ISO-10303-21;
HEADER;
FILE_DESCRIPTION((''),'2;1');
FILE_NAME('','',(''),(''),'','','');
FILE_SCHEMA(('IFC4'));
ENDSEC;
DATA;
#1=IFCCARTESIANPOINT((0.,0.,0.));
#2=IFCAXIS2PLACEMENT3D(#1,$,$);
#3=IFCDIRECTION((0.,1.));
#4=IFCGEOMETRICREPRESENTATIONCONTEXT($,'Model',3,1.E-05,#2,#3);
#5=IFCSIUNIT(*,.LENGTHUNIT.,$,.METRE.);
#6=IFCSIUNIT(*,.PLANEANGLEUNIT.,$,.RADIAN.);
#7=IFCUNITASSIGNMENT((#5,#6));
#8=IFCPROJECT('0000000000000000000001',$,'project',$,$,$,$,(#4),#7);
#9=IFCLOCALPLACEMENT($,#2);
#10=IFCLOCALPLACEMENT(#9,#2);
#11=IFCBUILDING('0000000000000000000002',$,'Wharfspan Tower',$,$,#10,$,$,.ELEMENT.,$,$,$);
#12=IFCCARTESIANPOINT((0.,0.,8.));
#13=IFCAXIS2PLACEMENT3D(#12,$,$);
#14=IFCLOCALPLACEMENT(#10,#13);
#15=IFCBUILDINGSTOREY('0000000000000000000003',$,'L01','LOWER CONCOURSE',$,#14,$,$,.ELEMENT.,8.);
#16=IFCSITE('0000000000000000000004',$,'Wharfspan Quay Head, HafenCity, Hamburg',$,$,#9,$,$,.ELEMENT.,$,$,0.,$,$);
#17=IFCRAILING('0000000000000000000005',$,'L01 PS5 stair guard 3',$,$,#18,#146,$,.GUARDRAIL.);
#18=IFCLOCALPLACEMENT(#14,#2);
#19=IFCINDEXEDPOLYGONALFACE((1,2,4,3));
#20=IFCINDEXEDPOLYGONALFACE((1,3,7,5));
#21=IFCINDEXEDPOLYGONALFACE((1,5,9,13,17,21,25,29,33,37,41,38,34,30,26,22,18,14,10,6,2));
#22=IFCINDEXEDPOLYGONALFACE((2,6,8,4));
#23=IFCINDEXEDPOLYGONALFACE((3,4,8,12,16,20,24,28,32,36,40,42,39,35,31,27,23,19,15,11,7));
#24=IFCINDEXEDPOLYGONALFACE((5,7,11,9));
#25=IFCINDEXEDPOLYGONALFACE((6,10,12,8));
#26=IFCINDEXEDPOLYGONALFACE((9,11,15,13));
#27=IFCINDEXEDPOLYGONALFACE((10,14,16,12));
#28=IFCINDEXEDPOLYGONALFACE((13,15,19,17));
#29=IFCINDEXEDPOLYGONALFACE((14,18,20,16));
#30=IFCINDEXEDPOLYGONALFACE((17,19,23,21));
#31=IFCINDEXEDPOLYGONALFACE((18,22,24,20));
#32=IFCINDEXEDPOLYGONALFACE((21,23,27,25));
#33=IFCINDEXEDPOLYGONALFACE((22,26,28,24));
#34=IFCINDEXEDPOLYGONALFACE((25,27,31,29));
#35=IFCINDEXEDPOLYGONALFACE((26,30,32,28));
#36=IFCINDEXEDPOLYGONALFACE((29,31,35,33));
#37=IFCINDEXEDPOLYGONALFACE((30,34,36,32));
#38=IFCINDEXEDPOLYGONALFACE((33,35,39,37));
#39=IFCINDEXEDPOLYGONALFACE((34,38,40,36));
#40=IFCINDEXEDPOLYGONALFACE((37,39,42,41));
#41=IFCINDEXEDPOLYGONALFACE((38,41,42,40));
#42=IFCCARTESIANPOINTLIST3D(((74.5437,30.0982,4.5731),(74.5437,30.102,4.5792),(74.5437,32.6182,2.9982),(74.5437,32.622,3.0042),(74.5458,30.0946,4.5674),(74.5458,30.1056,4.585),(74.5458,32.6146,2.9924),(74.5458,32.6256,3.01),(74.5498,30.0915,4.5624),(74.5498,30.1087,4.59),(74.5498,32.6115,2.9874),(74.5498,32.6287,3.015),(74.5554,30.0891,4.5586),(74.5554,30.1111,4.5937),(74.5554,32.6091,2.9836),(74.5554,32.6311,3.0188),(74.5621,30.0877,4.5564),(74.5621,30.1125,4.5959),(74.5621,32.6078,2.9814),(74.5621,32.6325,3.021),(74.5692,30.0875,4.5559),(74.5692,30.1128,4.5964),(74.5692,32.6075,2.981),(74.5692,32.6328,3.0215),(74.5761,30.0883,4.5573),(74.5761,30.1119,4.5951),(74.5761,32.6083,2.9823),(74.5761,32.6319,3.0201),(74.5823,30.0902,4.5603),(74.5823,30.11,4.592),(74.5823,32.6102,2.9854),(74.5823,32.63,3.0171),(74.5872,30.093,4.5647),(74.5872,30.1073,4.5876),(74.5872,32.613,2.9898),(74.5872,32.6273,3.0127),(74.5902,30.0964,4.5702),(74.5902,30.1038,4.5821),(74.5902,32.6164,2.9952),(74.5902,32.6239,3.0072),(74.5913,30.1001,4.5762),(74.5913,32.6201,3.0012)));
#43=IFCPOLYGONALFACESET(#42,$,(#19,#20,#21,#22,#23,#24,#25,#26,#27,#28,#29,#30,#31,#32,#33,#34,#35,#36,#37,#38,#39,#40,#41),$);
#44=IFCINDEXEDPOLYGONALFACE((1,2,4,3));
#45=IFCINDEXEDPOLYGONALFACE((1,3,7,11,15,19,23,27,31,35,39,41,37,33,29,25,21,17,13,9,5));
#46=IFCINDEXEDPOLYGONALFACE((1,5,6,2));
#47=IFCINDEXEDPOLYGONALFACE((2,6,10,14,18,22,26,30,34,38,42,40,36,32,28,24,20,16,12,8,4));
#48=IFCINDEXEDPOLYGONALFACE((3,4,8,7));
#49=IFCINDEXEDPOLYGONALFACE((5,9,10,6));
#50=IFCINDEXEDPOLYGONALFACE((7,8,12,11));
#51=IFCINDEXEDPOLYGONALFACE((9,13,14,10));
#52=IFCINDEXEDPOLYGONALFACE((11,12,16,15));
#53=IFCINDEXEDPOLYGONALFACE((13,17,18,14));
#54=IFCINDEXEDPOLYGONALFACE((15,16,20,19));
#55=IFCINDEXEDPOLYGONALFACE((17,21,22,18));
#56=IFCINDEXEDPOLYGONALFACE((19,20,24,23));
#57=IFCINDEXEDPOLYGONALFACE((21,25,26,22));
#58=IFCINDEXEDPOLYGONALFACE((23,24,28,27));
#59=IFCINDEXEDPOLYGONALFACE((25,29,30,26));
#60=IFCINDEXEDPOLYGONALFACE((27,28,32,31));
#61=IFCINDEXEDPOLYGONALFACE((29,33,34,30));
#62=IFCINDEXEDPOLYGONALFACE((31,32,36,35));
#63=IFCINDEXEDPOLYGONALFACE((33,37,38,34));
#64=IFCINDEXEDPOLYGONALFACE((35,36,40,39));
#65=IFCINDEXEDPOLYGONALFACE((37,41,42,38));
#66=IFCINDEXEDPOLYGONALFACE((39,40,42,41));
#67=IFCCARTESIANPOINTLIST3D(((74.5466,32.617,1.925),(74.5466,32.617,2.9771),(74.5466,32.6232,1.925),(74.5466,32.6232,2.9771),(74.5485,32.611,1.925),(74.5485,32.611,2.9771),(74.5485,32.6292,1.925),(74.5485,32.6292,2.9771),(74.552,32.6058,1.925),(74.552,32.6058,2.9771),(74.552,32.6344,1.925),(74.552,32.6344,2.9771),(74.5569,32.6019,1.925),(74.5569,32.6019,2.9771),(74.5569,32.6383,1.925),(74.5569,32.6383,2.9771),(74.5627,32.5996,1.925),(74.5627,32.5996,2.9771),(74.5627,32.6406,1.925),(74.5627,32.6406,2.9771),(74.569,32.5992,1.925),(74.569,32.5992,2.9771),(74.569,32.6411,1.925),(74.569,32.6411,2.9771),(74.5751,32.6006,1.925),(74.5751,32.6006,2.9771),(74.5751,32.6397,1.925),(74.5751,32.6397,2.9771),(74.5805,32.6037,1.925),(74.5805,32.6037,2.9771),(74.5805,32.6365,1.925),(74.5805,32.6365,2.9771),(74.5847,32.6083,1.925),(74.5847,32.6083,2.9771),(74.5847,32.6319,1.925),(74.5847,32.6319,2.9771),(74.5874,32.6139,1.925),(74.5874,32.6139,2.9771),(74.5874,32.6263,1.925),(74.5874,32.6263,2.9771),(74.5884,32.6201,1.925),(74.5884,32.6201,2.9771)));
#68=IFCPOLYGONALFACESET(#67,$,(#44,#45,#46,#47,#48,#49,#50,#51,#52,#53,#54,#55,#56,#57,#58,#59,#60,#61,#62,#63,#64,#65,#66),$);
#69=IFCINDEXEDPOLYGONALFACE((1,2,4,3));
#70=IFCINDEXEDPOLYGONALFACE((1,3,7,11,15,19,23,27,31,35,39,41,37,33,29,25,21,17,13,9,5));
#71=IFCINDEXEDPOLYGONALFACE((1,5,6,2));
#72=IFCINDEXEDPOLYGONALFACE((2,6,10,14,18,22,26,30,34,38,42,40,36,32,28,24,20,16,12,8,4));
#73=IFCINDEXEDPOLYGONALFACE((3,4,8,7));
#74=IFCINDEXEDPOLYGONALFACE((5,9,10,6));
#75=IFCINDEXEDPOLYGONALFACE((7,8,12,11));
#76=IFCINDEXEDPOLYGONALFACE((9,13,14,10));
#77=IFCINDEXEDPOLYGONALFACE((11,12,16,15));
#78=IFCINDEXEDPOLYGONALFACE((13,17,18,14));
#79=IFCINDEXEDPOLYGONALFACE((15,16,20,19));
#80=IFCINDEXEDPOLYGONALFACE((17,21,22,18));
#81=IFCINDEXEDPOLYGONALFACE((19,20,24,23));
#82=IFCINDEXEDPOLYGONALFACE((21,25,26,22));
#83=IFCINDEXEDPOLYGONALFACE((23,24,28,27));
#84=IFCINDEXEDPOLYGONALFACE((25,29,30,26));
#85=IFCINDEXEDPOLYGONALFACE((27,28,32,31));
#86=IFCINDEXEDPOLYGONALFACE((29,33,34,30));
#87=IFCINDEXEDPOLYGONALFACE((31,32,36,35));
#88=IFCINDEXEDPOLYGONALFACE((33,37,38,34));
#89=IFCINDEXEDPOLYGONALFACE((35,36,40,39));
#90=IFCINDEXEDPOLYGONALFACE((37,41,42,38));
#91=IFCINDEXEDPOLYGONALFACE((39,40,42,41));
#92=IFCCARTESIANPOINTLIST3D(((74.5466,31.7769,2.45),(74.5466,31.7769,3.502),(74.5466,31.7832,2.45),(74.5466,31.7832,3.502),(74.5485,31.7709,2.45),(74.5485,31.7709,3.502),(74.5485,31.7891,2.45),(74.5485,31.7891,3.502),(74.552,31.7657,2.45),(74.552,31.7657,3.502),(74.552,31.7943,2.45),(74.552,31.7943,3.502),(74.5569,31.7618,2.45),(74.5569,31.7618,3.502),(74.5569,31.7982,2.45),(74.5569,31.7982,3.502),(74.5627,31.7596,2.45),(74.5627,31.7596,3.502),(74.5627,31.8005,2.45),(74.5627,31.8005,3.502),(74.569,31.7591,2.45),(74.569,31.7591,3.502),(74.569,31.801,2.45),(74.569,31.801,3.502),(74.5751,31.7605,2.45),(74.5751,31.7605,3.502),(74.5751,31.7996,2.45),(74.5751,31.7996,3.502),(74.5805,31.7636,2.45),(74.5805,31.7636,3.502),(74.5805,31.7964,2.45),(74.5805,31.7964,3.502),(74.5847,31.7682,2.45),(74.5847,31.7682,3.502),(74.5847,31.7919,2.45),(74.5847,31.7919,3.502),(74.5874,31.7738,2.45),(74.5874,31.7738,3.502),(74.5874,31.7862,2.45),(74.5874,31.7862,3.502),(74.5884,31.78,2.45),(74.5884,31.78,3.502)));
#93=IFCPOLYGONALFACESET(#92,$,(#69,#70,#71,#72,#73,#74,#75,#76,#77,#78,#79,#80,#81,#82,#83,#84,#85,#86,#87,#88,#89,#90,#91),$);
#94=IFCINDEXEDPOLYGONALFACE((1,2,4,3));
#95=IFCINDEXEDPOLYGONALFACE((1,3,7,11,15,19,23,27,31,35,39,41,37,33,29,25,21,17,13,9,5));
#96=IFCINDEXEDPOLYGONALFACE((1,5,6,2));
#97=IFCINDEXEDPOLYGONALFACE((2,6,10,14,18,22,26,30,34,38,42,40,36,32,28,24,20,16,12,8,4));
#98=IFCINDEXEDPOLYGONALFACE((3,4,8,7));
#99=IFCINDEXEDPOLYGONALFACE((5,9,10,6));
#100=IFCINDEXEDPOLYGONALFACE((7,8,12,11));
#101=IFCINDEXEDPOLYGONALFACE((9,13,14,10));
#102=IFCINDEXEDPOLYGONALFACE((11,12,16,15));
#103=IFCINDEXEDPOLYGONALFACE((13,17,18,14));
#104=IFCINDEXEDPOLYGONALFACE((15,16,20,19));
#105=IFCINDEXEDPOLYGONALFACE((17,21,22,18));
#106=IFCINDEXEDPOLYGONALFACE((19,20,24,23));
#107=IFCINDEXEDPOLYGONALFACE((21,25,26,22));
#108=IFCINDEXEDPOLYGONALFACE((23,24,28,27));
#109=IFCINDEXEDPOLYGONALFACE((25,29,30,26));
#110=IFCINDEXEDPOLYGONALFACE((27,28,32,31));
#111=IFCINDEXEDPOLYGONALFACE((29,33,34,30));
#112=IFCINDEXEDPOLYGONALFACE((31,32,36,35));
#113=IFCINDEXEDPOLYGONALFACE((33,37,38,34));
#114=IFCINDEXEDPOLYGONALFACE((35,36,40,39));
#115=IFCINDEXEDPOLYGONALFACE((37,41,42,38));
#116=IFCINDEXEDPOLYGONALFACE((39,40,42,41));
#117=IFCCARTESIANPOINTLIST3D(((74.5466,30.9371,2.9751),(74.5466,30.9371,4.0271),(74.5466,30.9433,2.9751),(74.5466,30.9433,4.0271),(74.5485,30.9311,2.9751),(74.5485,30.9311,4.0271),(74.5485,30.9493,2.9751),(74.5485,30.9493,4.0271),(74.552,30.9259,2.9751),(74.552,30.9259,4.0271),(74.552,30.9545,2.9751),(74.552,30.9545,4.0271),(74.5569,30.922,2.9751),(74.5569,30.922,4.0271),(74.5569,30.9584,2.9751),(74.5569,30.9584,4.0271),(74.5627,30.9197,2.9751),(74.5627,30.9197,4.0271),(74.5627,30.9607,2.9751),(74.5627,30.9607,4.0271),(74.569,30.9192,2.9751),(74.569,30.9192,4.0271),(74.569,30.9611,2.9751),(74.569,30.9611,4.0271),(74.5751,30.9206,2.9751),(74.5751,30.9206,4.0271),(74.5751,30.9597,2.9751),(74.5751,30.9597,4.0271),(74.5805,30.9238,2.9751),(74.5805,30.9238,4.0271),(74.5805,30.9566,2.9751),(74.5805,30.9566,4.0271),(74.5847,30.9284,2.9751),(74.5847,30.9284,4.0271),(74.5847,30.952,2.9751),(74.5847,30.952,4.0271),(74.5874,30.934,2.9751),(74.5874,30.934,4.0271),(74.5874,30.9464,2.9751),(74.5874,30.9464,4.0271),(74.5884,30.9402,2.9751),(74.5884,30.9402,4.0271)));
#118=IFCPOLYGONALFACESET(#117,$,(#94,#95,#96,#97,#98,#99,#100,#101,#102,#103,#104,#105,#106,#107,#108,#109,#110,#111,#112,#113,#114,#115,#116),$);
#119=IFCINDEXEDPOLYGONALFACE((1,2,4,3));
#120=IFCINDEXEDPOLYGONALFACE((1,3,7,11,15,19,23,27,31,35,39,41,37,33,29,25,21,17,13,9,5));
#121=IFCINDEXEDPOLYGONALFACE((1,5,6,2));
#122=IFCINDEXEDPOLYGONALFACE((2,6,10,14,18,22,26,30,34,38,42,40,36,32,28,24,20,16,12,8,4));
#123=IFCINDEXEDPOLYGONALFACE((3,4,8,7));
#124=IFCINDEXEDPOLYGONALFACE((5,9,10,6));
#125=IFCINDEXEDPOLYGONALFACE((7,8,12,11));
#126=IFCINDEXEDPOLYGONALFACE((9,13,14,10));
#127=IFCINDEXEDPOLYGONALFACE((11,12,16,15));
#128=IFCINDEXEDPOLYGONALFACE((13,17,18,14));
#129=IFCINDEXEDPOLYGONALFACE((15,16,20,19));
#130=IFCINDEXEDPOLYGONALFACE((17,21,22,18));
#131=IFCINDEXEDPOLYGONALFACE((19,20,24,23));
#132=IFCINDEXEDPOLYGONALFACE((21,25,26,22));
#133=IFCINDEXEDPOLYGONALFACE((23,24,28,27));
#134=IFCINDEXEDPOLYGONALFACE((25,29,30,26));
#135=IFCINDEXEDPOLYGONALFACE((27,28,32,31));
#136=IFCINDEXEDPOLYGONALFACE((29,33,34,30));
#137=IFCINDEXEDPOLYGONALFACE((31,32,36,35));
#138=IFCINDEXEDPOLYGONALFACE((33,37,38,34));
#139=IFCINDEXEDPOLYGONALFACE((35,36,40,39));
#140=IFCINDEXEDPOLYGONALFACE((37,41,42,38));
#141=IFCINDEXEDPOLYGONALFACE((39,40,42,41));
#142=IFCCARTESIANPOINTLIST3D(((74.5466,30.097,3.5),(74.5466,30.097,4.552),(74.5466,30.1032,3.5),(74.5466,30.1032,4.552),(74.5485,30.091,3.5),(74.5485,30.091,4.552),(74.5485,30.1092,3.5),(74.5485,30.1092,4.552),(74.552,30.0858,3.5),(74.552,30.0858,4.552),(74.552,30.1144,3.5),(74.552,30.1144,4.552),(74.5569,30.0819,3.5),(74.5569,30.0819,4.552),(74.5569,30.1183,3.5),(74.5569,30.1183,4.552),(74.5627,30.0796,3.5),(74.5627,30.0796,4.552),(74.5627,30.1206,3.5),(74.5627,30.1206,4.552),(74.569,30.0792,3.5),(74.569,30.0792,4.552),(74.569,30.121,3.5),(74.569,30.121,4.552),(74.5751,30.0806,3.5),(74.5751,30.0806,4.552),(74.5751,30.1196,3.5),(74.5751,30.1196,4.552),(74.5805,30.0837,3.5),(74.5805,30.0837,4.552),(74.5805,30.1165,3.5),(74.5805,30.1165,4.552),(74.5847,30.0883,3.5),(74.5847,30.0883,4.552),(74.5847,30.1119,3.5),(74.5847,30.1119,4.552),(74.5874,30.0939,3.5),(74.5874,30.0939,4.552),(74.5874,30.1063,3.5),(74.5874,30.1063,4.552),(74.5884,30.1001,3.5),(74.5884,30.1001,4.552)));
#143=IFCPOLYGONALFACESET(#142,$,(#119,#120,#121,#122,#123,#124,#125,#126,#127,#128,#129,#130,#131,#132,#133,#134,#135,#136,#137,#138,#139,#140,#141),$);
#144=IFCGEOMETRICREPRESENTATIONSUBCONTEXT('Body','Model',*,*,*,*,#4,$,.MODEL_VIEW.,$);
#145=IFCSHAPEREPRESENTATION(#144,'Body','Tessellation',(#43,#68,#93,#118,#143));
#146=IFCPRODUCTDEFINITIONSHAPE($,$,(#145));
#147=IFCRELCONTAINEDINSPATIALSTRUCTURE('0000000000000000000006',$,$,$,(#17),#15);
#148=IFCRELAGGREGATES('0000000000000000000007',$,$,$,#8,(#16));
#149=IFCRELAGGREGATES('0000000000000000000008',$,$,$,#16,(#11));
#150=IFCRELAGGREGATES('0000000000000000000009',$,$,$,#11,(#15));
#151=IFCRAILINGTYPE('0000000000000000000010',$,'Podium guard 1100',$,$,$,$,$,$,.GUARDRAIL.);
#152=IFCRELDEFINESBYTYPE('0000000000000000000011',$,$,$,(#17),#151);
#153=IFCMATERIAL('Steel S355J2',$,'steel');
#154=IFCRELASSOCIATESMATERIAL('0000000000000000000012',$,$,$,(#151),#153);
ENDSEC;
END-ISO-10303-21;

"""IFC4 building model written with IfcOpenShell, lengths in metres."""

from ifc_helpers import new_model, si_unit, direction, frame, origin, origin_2d, place, context, subcontext, project, spatial, circle, extrude, material, type_object, element, save


model = new_model("IFC4")

# Units and contexts
model_context = context("Model", 3, precision=1e-05, world=origin(), true_north=direction((0.0, 1.0)))
body_context = subcontext(model_context, "Body", "Model", "MODEL_VIEW")
ifc_project = project(units=[si_unit("LENGTHUNIT", "METRE"), si_unit("PLANEANGLEUNIT", "RADIAN")], contexts=[model_context])

# Site, building, storey
site_placement = place(None, origin())
site = spatial("IfcSite", under=ifc_project, at=site_placement, Name="Wharfspan Quay Head, HafenCity, Hamburg", CompositionType="ELEMENT", RefElevation=0.0)
building_placement = place(site_placement, origin())
building = spatial("IfcBuilding", under=site, at=building_placement, Name="Wharfspan Tower", CompositionType="ELEMENT")
storey_placement = place(building_placement, frame((0.0, 0.0, 8.0)))
storey = spatial("IfcBuildingStorey", under=building, at=storey_placement, Name="L01", Description="LOWER CONCOURSE", CompositionType="ELEMENT", Elevation=8.0)

# Railing
ifc_material_1 = material(Name="Steel S355J2", Category="steel")
railing_type_1 = type_object("IfcRailingType", Name="Podium guard 1100", PredefinedType="GUARDRAIL", material=ifc_material_1)
railing_1_placement = place(storey_placement, frame((74.5674, 32.6201, 1.925)))
element("IfcRailing", 1, at=railing_1_placement, inside=storey, type_object=railing_type_1, Name="L01 PS5 stair guard 3", PredefinedType="GUARDRAIL", context=body_context, shape_type="SweptSolid", body=[
    extrude(circle(Radius=0.0239, at=origin_2d()), frame((0.0, 0.0, 1.0762), z_axis=(0.0, -0.848008, 0.529984), x_axis=(1.0, 0.0, 0.0)), (0.0, 0.0, 1.0), 2.9717),
    extrude(circle(Radius=0.021, at=origin_2d()), origin(), (0.0, 0.0, 1.0), 1.052),
    extrude(circle(Radius=0.021, at=origin_2d()), frame((0.0, -0.8401, 0.5249)), (0.0, 0.0, 1.0), 1.052),
    extrude(circle(Radius=0.021, at=origin_2d()), frame((0.0, -1.6799, 1.05)), (0.0, 0.0, 1.0), 1.052),
    extrude(circle(Radius=0.021, at=origin_2d()), frame((0.0, -2.52, 1.575)), (0.0, 0.0, 1.0), 1.052),
])

save(model, "model.ifc")
